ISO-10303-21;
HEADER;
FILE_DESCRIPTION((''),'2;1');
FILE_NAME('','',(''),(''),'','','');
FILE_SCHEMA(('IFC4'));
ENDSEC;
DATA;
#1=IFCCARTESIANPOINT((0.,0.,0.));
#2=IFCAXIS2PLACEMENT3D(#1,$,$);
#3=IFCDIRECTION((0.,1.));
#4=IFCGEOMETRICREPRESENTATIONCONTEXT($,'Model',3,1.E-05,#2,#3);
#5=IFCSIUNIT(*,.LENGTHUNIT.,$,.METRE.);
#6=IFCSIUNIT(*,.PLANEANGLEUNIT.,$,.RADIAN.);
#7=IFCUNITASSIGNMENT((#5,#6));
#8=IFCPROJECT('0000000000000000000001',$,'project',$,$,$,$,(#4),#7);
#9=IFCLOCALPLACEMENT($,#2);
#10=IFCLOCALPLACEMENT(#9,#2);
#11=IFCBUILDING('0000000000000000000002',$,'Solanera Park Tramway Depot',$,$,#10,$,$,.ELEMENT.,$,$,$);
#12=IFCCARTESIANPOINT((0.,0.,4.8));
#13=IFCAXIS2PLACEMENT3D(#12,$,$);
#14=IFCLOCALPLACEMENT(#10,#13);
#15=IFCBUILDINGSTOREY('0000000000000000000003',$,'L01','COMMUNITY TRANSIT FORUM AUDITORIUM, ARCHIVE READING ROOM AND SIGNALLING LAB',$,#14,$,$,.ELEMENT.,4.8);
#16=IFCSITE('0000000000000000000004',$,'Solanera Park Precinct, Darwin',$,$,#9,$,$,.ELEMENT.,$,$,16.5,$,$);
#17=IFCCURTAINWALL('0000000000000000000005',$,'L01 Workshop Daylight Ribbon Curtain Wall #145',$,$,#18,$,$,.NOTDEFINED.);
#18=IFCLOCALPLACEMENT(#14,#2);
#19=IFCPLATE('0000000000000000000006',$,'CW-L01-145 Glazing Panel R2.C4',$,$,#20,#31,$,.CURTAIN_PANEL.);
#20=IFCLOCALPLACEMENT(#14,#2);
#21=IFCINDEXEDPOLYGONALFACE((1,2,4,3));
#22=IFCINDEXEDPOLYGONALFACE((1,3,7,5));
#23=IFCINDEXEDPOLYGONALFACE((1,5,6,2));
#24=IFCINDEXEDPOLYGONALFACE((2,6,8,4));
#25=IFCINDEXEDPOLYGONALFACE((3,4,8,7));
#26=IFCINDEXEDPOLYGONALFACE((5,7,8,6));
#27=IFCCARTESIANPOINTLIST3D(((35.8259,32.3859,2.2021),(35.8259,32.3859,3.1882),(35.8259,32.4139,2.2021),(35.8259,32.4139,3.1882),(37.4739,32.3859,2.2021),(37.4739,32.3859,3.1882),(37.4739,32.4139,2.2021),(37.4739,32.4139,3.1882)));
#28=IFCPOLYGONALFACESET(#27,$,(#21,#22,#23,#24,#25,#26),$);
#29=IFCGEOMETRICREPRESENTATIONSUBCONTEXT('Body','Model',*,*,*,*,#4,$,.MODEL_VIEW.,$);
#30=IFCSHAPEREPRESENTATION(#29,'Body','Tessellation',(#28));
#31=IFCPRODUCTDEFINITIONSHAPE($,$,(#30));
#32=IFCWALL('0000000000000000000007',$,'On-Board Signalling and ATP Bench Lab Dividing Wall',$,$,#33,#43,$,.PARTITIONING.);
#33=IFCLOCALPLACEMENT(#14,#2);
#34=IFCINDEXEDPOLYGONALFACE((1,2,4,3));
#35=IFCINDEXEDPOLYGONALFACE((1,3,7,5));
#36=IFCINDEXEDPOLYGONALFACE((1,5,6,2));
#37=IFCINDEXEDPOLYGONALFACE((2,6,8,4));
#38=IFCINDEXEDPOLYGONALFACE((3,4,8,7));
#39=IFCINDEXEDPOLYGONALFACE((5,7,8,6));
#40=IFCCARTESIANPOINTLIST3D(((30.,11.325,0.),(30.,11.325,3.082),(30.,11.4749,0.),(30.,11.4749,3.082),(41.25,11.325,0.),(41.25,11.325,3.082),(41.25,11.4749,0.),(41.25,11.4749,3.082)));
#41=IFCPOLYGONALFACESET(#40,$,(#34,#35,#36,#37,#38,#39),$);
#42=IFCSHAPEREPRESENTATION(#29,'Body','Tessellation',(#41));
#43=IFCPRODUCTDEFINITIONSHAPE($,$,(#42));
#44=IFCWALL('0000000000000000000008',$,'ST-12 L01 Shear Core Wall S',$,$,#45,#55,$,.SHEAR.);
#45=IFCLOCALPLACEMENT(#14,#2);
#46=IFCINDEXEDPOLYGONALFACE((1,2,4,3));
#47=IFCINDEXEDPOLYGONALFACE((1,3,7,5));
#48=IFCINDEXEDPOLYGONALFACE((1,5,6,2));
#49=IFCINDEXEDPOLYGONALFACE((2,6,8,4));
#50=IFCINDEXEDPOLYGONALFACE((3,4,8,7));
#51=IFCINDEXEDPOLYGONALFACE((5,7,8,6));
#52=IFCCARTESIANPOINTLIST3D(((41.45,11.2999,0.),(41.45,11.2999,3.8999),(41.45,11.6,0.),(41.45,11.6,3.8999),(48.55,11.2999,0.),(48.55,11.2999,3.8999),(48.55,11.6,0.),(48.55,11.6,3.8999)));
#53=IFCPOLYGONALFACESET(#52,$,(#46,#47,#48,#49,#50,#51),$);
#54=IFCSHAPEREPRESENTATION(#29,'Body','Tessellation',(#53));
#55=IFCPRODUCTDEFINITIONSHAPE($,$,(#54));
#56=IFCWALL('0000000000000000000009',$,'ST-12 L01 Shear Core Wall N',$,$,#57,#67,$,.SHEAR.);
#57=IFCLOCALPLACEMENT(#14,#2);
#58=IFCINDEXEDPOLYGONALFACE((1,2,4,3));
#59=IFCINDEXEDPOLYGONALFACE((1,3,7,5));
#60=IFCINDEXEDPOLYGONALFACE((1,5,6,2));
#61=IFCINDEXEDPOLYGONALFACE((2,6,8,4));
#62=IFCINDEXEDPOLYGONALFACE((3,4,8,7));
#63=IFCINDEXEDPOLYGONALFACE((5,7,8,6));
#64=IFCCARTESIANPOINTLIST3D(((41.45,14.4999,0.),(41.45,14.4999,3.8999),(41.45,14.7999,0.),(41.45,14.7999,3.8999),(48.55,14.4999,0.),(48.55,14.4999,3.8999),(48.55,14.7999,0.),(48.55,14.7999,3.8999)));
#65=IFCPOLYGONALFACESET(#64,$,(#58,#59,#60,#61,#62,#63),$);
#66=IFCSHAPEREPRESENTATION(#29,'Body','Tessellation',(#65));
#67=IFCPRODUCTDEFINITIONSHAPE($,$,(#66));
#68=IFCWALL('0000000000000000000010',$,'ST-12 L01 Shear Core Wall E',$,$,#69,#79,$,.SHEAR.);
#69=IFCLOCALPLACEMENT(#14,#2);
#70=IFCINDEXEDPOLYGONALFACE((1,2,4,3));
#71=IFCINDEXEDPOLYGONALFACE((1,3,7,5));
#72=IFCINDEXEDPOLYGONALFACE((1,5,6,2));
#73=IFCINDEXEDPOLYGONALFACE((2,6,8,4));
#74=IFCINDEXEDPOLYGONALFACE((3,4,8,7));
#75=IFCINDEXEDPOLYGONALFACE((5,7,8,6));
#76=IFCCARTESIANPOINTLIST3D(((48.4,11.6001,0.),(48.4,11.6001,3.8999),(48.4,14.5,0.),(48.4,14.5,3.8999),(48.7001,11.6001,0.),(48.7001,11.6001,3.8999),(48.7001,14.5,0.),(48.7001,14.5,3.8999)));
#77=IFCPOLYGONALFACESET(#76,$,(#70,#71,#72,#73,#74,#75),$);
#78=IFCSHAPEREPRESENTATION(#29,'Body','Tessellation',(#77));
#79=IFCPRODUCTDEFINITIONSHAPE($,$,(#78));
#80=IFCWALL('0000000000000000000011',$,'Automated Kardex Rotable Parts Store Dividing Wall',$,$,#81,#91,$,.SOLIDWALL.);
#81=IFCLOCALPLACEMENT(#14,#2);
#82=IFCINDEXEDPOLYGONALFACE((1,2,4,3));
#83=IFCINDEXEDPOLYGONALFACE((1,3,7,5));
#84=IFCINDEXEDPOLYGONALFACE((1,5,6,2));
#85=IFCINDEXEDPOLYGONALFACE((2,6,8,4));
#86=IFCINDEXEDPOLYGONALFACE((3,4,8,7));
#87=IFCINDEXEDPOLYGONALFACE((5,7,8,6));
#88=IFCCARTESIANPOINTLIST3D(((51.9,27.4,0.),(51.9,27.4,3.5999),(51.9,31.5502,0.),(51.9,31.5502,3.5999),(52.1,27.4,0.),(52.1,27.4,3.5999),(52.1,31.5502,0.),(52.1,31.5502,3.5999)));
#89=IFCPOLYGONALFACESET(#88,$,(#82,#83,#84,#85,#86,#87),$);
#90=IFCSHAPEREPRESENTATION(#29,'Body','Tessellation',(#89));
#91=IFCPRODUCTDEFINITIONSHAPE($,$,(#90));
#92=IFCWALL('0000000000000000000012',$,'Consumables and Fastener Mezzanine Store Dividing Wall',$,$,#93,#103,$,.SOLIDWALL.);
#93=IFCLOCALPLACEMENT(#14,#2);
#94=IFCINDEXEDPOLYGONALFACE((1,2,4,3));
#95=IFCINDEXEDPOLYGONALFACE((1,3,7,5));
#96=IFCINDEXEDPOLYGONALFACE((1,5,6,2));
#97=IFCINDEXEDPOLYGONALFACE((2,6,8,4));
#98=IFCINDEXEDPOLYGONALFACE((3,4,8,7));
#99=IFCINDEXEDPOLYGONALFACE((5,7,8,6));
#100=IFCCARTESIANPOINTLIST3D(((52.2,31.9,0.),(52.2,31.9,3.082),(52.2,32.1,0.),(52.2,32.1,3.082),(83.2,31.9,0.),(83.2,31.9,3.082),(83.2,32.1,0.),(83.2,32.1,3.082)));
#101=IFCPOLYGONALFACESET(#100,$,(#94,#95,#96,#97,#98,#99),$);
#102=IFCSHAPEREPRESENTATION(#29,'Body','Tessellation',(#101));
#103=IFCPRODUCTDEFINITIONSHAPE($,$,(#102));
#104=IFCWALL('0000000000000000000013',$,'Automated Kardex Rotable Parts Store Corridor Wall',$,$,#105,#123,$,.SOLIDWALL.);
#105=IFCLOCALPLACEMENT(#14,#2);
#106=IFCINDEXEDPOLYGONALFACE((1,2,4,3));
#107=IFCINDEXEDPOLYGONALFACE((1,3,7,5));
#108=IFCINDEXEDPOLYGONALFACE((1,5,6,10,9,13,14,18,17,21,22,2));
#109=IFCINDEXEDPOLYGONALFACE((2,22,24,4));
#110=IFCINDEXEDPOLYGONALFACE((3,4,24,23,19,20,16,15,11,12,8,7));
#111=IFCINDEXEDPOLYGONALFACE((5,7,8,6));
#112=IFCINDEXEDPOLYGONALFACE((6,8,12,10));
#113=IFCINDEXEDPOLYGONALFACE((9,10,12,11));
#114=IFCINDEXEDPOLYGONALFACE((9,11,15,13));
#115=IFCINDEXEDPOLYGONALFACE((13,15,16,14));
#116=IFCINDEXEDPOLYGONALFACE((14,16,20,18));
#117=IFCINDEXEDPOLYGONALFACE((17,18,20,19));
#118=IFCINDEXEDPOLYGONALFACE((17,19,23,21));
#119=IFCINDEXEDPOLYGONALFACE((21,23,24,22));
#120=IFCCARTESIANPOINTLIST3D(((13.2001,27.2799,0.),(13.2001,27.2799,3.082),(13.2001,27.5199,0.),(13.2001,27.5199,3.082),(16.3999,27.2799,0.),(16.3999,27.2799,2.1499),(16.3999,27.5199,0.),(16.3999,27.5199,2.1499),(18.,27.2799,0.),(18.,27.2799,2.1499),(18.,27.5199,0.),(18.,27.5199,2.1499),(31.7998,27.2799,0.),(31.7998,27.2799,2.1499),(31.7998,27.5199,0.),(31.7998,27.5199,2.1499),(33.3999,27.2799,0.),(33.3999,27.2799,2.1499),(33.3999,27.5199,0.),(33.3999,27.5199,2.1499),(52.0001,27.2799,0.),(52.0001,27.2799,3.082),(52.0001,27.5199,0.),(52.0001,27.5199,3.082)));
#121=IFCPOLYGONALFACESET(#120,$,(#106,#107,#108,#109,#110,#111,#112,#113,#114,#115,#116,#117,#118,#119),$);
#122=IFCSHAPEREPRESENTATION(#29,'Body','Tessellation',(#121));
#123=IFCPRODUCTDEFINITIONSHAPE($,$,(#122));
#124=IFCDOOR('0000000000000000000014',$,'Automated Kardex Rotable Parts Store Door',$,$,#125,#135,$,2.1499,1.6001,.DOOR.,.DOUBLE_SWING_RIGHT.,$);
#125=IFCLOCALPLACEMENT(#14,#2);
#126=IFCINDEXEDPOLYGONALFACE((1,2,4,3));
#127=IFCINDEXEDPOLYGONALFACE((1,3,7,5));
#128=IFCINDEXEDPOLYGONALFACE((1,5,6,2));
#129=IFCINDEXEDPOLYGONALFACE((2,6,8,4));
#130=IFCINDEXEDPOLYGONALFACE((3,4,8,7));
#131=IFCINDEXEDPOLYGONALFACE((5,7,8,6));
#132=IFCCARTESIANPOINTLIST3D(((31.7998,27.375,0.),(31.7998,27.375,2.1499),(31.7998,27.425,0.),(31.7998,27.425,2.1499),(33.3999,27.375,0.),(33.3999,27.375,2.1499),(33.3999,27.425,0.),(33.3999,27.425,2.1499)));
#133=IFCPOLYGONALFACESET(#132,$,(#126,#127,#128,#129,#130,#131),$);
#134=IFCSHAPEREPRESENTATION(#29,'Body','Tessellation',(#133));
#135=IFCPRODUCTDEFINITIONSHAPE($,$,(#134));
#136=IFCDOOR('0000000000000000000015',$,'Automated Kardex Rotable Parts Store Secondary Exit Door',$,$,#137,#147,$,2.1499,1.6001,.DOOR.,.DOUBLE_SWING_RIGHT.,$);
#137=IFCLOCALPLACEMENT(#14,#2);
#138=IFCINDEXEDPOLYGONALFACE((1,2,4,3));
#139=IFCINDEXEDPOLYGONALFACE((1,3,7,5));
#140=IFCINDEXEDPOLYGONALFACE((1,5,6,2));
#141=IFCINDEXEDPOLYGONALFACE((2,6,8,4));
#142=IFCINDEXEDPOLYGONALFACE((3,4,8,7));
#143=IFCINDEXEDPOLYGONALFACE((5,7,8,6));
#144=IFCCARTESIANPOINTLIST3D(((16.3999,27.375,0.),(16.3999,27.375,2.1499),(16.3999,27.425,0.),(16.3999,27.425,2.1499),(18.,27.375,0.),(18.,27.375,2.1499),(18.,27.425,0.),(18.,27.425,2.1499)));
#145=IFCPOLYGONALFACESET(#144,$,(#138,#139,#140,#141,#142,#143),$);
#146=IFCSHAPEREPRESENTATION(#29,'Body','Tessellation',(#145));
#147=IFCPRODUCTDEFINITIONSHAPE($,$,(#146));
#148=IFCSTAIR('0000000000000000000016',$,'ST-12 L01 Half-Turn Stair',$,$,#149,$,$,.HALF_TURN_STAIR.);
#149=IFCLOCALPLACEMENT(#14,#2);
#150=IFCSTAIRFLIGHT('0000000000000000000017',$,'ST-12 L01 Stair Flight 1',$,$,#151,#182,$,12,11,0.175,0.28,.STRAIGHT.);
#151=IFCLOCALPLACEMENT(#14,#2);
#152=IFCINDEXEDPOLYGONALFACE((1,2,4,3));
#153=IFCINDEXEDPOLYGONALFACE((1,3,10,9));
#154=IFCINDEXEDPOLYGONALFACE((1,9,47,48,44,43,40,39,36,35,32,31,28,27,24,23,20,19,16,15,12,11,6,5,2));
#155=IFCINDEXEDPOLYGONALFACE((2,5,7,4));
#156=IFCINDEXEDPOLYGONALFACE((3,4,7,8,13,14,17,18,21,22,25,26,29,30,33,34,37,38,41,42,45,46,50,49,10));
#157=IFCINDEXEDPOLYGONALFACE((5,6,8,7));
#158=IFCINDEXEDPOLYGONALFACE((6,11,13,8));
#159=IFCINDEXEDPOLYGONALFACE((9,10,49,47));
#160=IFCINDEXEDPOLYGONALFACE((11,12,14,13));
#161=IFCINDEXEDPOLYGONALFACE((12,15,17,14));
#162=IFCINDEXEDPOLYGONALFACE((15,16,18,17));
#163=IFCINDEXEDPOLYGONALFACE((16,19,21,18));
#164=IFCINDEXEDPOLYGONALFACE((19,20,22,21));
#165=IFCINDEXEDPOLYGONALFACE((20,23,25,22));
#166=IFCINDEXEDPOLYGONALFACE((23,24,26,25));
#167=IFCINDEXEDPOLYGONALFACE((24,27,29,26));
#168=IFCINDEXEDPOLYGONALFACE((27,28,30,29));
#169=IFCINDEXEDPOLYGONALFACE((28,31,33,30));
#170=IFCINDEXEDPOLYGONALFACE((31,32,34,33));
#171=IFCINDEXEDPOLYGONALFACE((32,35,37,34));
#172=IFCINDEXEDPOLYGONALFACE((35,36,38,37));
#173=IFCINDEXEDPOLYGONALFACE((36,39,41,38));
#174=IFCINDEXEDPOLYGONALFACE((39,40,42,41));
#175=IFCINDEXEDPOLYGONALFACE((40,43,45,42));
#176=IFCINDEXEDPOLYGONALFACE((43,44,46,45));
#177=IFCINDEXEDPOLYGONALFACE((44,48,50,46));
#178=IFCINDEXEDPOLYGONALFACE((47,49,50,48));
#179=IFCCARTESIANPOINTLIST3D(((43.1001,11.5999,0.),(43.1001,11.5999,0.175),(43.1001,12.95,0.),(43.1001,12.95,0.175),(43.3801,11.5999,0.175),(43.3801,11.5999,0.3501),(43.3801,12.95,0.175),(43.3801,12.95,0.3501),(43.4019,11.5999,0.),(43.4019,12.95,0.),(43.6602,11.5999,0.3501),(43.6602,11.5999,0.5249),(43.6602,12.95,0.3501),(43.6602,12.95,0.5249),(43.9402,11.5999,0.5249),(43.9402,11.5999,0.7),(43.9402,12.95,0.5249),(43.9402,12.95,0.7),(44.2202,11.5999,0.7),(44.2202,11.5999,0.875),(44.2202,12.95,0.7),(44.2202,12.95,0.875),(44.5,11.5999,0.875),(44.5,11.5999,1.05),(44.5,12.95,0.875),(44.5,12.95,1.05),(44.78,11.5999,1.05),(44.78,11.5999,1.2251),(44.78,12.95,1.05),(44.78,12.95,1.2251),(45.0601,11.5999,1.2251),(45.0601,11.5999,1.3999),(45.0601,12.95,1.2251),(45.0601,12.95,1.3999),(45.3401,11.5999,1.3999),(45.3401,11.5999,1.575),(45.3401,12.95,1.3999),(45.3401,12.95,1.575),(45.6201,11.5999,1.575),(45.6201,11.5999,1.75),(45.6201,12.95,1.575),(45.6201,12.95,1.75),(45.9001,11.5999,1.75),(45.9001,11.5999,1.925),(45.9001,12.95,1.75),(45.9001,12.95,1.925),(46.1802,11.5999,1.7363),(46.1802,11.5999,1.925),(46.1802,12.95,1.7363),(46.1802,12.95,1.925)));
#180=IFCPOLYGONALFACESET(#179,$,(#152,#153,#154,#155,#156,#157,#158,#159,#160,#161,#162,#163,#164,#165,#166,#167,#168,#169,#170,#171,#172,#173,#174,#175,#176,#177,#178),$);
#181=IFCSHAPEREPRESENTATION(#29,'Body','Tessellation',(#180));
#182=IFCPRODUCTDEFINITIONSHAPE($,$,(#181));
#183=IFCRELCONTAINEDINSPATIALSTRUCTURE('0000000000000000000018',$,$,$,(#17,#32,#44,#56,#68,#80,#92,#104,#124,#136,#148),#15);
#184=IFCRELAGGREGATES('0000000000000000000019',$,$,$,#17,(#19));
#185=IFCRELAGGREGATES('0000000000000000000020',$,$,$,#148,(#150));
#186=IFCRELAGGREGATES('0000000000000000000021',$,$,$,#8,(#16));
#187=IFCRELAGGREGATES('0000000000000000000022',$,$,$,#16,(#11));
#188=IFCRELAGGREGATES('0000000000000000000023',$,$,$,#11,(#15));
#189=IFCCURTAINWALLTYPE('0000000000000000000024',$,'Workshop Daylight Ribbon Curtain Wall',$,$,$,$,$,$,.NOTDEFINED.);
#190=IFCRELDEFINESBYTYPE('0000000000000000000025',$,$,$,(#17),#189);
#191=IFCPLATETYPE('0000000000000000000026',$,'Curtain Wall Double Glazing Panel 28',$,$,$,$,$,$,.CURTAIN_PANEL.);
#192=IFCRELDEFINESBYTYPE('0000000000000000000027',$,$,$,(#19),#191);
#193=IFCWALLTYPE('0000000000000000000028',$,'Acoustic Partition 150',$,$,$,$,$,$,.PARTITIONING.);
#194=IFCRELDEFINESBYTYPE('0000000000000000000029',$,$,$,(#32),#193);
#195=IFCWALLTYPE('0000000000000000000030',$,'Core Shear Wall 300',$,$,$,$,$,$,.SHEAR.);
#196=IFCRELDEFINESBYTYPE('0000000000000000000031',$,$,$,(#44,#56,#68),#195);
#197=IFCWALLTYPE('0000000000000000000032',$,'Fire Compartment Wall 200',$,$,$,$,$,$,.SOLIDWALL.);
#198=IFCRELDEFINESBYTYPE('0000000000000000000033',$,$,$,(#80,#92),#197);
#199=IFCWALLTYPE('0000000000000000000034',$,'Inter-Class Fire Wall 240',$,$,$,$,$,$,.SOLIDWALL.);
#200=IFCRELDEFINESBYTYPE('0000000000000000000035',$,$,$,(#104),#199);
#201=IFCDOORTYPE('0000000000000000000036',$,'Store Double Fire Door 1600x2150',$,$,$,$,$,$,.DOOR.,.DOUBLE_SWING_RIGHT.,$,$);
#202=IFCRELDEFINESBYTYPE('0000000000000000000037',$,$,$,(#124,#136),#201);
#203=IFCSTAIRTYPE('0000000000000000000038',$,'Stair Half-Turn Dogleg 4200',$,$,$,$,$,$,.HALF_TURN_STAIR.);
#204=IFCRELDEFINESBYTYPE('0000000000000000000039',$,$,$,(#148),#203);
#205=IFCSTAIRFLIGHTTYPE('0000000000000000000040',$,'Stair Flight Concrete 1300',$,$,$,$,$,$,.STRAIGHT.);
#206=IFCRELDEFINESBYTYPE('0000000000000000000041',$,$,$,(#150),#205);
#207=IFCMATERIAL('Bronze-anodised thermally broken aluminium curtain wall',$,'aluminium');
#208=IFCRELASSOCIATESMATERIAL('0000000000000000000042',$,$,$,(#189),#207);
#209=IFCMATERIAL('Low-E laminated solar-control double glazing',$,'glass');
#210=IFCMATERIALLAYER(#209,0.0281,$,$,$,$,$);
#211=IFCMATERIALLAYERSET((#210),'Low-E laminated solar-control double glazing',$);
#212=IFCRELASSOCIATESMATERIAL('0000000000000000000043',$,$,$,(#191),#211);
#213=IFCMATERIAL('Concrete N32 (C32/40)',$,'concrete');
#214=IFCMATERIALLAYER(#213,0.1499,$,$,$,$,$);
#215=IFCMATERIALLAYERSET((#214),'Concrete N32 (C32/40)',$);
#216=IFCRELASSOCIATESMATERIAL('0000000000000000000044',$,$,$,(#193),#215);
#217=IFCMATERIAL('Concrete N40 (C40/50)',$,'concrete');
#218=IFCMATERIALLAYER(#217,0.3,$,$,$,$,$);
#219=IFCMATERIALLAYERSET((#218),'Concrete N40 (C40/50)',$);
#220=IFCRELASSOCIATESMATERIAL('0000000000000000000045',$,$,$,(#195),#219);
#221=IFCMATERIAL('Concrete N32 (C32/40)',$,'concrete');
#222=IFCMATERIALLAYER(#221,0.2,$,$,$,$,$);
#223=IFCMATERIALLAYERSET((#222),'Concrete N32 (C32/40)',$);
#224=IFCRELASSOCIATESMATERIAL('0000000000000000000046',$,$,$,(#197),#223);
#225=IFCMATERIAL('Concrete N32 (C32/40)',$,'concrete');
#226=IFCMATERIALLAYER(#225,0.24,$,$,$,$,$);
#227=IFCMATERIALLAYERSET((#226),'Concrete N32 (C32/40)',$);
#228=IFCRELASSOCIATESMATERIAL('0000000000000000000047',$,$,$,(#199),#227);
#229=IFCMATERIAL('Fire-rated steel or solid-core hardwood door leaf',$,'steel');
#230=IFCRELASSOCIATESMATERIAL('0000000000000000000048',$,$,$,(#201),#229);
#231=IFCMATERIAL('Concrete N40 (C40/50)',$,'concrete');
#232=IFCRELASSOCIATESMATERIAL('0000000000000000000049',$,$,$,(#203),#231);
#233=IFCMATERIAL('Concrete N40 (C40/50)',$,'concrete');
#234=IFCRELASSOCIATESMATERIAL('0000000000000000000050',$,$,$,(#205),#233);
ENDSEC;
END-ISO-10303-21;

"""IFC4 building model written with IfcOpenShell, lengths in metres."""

from ifc_helpers import new_model, si_unit, direction, frame, frame_2d, origin, origin_2d, place, context, subcontext, project, spatial, polyline, rectangle, outline, extrude, material, layer, layer_set, type_object, element, fill, aggregate, save


model = new_model("IFC4")

# Units and contexts
model_context = context("Model", 3, precision=1e-05, world=origin(), true_north=direction((0.0, 1.0)))
body_context = subcontext(model_context, "Body", "Model", "MODEL_VIEW")
ifc_project = project(units=[si_unit("LENGTHUNIT", "METRE"), si_unit("PLANEANGLEUNIT", "RADIAN")], contexts=[model_context])

# Site, building, storey
site_placement = place(None, origin())
site = spatial("IfcSite", under=ifc_project, at=site_placement, Name="Solanera Park Precinct, Darwin", CompositionType="ELEMENT", RefElevation=16.5)
building_placement = place(site_placement, origin())
building = spatial("IfcBuilding", under=site, at=building_placement, Name="Solanera Park Tramway Depot", CompositionType="ELEMENT")
storey_placement = place(building_placement, frame((0.0, 0.0, 4.8)))
storey = spatial("IfcBuildingStorey", under=building, at=storey_placement, Name="L01", Description="COMMUNITY TRANSIT FORUM AUDITORIUM, ARCHIVE READING ROOM AND SIGNALLING LAB", CompositionType="ELEMENT", Elevation=4.8)

# Curtain wall, plate
ifc_material_1 = material(Name="Bronze-anodised thermally broken aluminium curtain wall", Category="aluminium")
curtain_wall_type = type_object("IfcCurtainWallType", Name="Workshop Daylight Ribbon Curtain Wall", PredefinedType="NOTDEFINED", material=ifc_material_1)
curtain_wall_placement = place(storey_placement, origin())
curtain_wall = element("IfcCurtainWall", 1, at=curtain_wall_placement, inside=storey, type_object=curtain_wall_type, Name="L01 Workshop Daylight Ribbon Curtain Wall #145", PredefinedType="NOTDEFINED")
ifc_material_2 = material(Name="Low-E laminated solar-control double glazing", Category="glass")
ifc_layer_1 = layer(ifc_material_2, 0.0281)
ifc_layer_set_1 = layer_set([ifc_layer_1], Name="Low-E laminated solar-control double glazing")
plate_type = type_object("IfcPlateType", Name="Curtain Wall Double Glazing Panel 28", PredefinedType="CURTAIN_PANEL", material=ifc_layer_set_1)
plate_1_placement = place(storey_placement, frame((36.6499, 32.3999, 2.2021), z_axis=(0.0, 0.0, 1.0), x_axis=(1.0, 0.0, 0.0)))
plate_1 = element("IfcPlate", 2, at=plate_1_placement, type_object=plate_type, Name="CW-L01-145 Glazing Panel R2.C4", PredefinedType="CURTAIN_PANEL", context=body_context, shape_type="SweptSolid", body=[
    extrude(rectangle(XDim=1.6479, YDim=0.0281, at=origin_2d()), origin(), (0.0, 0.0, 1.0), 0.9861),
])
aggregate(curtain_wall, [plate_1])

# Walls
ifc_material_3 = material(Name="Concrete N32 (C32/40)", Category="concrete")
ifc_layer_2 = layer(ifc_material_3, 0.1499)
ifc_layer_set_2 = layer_set([ifc_layer_2], Name="Concrete N32 (C32/40)")
wall_type_1 = type_object("IfcWallType", Name="Acoustic Partition 150", PredefinedType="PARTITIONING", material=ifc_layer_set_2)
wall_1_placement = place(storey_placement, frame((41.25, 11.3999, 0.0), z_axis=(0.0, 0.0, 1.0), x_axis=(-1.0, 0.0, 0.0)))
element("IfcWall", 3, at=wall_1_placement, inside=storey, type_object=wall_type_1, Name="On-Board Signalling and ATP Bench Lab Dividing Wall", PredefinedType="PARTITIONING", context=body_context, shape_type="SweptSolid", body=[
    extrude(rectangle(XDim=11.25, YDim=0.1499, at=frame_2d((5.625, 0.0))), origin(), (0.0, 0.0, 1.0), 3.082),
])
ifc_material_4 = material(Name="Concrete N40 (C40/50)", Category="concrete")
ifc_layer_3 = layer(ifc_material_4, 0.3)
ifc_layer_set_3 = layer_set([ifc_layer_3], Name="Concrete N40 (C40/50)")
wall_type_2 = type_object("IfcWallType", Name="Core Shear Wall 300", PredefinedType="SHEAR", material=ifc_layer_set_3)
for number, where, z_axis, x_axis, name in (
    (4, (41.45, 11.45, 0.0), (0.0, 0.0, 1.0), (1.0, 0.0, 0.0), "ST-12 L01 Shear Core Wall S"),
    (5, (48.55, 14.6499, 0.0), (0.0, 0.0, 1.0), (-1.0, 0.0, 0.0), "ST-12 L01 Shear Core Wall N"),
):
    element("IfcWall", number, at=place(storey_placement, frame(where, z_axis=z_axis, x_axis=x_axis)), inside=storey, type_object=wall_type_2, Name=name, PredefinedType="SHEAR", context=body_context, shape_type="SweptSolid", body=[
        extrude(rectangle(XDim=7.1001, YDim=0.3, at=frame_2d((3.55, 0.0))), origin(), (0.0, 0.0, 1.0), 3.8999),
    ])
wall_2_placement = place(storey_placement, frame((48.55, 11.6001, 0.0), z_axis=(0.0, 0.0, 1.0), x_axis=(0.0, 1.0, 0.0)))
element("IfcWall", 6, at=wall_2_placement, inside=storey, type_object=wall_type_2, Name="ST-12 L01 Shear Core Wall E", PredefinedType="SHEAR", context=body_context, shape_type="SweptSolid", body=[
    extrude(rectangle(XDim=2.8999, YDim=0.3, at=frame_2d((1.45, 0.0))), origin(), (0.0, 0.0, 1.0), 3.8999),
])

# Walls
ifc_material_5 = material(Name="Concrete N32 (C32/40)", Category="concrete")
ifc_layer_4 = layer(ifc_material_5, 0.2)
ifc_layer_set_4 = layer_set([ifc_layer_4], Name="Concrete N32 (C32/40)")
wall_type_3 = type_object("IfcWallType", Name="Fire Compartment Wall 200", PredefinedType="SOLIDWALL", material=ifc_layer_set_4)
wall_3_placement = place(storey_placement, frame((52.0, 27.3999, 0.0), z_axis=(0.0, 0.0, 1.0), x_axis=(0.0, 1.0, 0.0)))
element("IfcWall", 7, at=wall_3_placement, inside=storey, type_object=wall_type_3, Name="Automated Kardex Rotable Parts Store Dividing Wall", PredefinedType="SOLIDWALL", context=body_context, shape_type="SweptSolid", body=[
    extrude(rectangle(XDim=4.1501, YDim=0.2, at=frame_2d((2.0752, 0.0))), origin(), (0.0, 0.0, 1.0), 3.5999),
])
wall_4_placement = place(storey_placement, frame((52.2, 32.0, 0.0), z_axis=(0.0, 0.0, 1.0), x_axis=(1.0, 0.0, 0.0)))
element("IfcWall", 8, at=wall_4_placement, inside=storey, type_object=wall_type_3, Name="Consumables and Fastener Mezzanine Store Dividing Wall", PredefinedType="SOLIDWALL", context=body_context, shape_type="SweptSolid", body=[
    extrude(rectangle(XDim=31.0, YDim=0.2, at=frame_2d((15.5, 0.0))), origin(), (0.0, 0.0, 1.0), 3.082),
])

# Wall, openings, doors
ifc_material_6 = material(Name="Concrete N32 (C32/40)", Category="concrete")
ifc_layer_5 = layer(ifc_material_6, 0.24)
ifc_layer_set_5 = layer_set([ifc_layer_5], Name="Concrete N32 (C32/40)")
wall_type_4 = type_object("IfcWallType", Name="Inter-Class Fire Wall 240", PredefinedType="SOLIDWALL", material=ifc_layer_set_5)
wall_5_placement = place(storey_placement, frame((52.0, 27.3999, 0.0), z_axis=(0.0, 0.0, 1.0), x_axis=(-1.0, 0.0, 0.0)))
wall_5 = element("IfcWall", 9, at=wall_5_placement, inside=storey, type_object=wall_type_4, Name="Automated Kardex Rotable Parts Store Corridor Wall", PredefinedType="SOLIDWALL", context=body_context, shape_type="SweptSolid", body=[
    extrude(rectangle(XDim=38.8, YDim=0.24, at=frame_2d((19.3999, 0.0))), origin(), (0.0, 0.0, 1.0), 3.082),
])
opening_1_placement = place(wall_5_placement, frame((18.6001, 0.0, 0.0)))
opening_1 = element("IfcOpeningElement", 10, at=opening_1_placement, cuts=wall_5, PredefinedType="OPENING", context=body_context, shape_type="SweptSolid", body=[
    extrude(rectangle(XDim=1.6001, YDim=2.1499, at=frame_2d((0.8, 1.075))), frame((0.0, 0.1299, 0.0), z_axis=(0.0, -1.0, 0.0), x_axis=(1.0, 0.0, 0.0)), (0.0, 0.0, 1.0), 0.26),
])
opening_2_placement = place(wall_5_placement, frame((34.0, 0.0, 0.0)))
opening_2 = element("IfcOpeningElement", 11, at=opening_2_placement, cuts=wall_5, PredefinedType="OPENING", context=body_context, shape_type="SweptSolid", body=[
    extrude(rectangle(XDim=1.6001, YDim=2.1499, at=frame_2d((0.8, 1.075))), frame((0.0, 0.1299, 0.0), z_axis=(0.0, -1.0, 0.0), x_axis=(1.0, 0.0, 0.0)), (0.0, 0.0, 1.0), 0.26),
])
ifc_material_7 = material(Name="Fire-rated steel or solid-core hardwood door leaf", Category="steel")
door_type_1 = type_object("IfcDoorType", Name="Store Double Fire Door 1600x2150", OperationType="DOUBLE_SWING_RIGHT", PredefinedType="DOOR", material=ifc_material_7)
door_1_placement = place(opening_1_placement, origin())
door_1 = element("IfcDoor", 12, at=door_1_placement, inside=storey, type_object=door_type_1, Name="Automated Kardex Rotable Parts Store Door", OperationType="DOUBLE_SWING_RIGHT", OverallHeight=2.1499, OverallWidth=1.6001, PredefinedType="DOOR", context=body_context, shape_type="SweptSolid", body=[
    extrude(rectangle(XDim=1.6001, YDim=2.1499, at=frame_2d((0.8, 1.075))), frame((0.0, 0.0249, 0.0), z_axis=(0.0, -1.0, 0.0), x_axis=(1.0, 0.0, 0.0)), (0.0, 0.0, 1.0), 0.05),
])
fill(opening_1, door_1)
door_2_placement = place(opening_2_placement, origin())
door_2 = element("IfcDoor", 13, at=door_2_placement, inside=storey, type_object=door_type_1, Name="Automated Kardex Rotable Parts Store Secondary Exit Door", OperationType="DOUBLE_SWING_RIGHT", OverallHeight=2.1499, OverallWidth=1.6001, PredefinedType="DOOR", context=body_context, shape_type="SweptSolid", body=[
    extrude(rectangle(XDim=1.6001, YDim=2.1499, at=frame_2d((0.8, 1.075))), frame((0.0, 0.0249, 0.0), z_axis=(0.0, -1.0, 0.0), x_axis=(1.0, 0.0, 0.0)), (0.0, 0.0, 1.0), 0.05),
])
fill(opening_2, door_2)

# Stair, stair flight
ifc_material_8 = material(Name="Concrete N40 (C40/50)", Category="concrete")
stair_type = type_object("IfcStairType", Name="Stair Half-Turn Dogleg 4200", PredefinedType="HALF_TURN_STAIR", material=ifc_material_8)
stair_placement = place(storey_placement, origin())
stair = element("IfcStair", 14, at=stair_placement, inside=storey, type_object=stair_type, Name="ST-12 L01 Half-Turn Stair", PredefinedType="HALF_TURN_STAIR")
ifc_material_9 = material(Name="Concrete N40 (C40/50)", Category="concrete")
stair_flight_type = type_object("IfcStairFlightType", Name="Stair Flight Concrete 1300", PredefinedType="STRAIGHT", material=ifc_material_9)
stair_flight_1_placement = place(storey_placement, frame((43.1001, 12.2749, 0.0), z_axis=(0.0, 0.0, 1.0), x_axis=(1.0, 0.0, 0.0)))
stair_flight_1 = element("IfcStairFlight", 15, at=stair_flight_1_placement, type_object=stair_flight_type, Name="ST-12 L01 Stair Flight 1", NumberOfRisers=12, NumberOfTreads=11, PredefinedType="STRAIGHT", RiserHeight=0.175, TreadLength=0.28, context=body_context, shape_type="SweptSolid", body=[
    extrude(outline(polyline([(0.0, 0.0), (0.0, 0.175), (0.28, 0.175), (0.28, 0.3501), (0.5601, 0.3501), (0.5601, 0.5249), (0.8401, 0.5249), (0.8401, 0.7), (1.1201, 0.7), (1.1201, 0.875), (1.3999, 0.875), (1.3999, 1.05), (1.6799, 1.05), (1.6799, 1.2251), (1.96, 1.2251), (1.96, 1.3999), (2.24, 1.3999), (2.24, 1.575), (2.52, 1.575), (2.52, 1.75), (2.8, 1.75), (2.8, 1.925), (3.0801, 1.925), (3.0801, 2.1001), (3.0801, 1.7363), (0.3018, 0.0), (0.0, 0.0)])), frame((0.0, 0.675, 0.0), z_axis=(0.0, -1.0, 0.0), x_axis=(1.0, 0.0, 0.0)), (0.0, 0.0, 1.0), 1.3501),
])
aggregate(stair, [stair_flight_1])

save(model, "model.ifc")
